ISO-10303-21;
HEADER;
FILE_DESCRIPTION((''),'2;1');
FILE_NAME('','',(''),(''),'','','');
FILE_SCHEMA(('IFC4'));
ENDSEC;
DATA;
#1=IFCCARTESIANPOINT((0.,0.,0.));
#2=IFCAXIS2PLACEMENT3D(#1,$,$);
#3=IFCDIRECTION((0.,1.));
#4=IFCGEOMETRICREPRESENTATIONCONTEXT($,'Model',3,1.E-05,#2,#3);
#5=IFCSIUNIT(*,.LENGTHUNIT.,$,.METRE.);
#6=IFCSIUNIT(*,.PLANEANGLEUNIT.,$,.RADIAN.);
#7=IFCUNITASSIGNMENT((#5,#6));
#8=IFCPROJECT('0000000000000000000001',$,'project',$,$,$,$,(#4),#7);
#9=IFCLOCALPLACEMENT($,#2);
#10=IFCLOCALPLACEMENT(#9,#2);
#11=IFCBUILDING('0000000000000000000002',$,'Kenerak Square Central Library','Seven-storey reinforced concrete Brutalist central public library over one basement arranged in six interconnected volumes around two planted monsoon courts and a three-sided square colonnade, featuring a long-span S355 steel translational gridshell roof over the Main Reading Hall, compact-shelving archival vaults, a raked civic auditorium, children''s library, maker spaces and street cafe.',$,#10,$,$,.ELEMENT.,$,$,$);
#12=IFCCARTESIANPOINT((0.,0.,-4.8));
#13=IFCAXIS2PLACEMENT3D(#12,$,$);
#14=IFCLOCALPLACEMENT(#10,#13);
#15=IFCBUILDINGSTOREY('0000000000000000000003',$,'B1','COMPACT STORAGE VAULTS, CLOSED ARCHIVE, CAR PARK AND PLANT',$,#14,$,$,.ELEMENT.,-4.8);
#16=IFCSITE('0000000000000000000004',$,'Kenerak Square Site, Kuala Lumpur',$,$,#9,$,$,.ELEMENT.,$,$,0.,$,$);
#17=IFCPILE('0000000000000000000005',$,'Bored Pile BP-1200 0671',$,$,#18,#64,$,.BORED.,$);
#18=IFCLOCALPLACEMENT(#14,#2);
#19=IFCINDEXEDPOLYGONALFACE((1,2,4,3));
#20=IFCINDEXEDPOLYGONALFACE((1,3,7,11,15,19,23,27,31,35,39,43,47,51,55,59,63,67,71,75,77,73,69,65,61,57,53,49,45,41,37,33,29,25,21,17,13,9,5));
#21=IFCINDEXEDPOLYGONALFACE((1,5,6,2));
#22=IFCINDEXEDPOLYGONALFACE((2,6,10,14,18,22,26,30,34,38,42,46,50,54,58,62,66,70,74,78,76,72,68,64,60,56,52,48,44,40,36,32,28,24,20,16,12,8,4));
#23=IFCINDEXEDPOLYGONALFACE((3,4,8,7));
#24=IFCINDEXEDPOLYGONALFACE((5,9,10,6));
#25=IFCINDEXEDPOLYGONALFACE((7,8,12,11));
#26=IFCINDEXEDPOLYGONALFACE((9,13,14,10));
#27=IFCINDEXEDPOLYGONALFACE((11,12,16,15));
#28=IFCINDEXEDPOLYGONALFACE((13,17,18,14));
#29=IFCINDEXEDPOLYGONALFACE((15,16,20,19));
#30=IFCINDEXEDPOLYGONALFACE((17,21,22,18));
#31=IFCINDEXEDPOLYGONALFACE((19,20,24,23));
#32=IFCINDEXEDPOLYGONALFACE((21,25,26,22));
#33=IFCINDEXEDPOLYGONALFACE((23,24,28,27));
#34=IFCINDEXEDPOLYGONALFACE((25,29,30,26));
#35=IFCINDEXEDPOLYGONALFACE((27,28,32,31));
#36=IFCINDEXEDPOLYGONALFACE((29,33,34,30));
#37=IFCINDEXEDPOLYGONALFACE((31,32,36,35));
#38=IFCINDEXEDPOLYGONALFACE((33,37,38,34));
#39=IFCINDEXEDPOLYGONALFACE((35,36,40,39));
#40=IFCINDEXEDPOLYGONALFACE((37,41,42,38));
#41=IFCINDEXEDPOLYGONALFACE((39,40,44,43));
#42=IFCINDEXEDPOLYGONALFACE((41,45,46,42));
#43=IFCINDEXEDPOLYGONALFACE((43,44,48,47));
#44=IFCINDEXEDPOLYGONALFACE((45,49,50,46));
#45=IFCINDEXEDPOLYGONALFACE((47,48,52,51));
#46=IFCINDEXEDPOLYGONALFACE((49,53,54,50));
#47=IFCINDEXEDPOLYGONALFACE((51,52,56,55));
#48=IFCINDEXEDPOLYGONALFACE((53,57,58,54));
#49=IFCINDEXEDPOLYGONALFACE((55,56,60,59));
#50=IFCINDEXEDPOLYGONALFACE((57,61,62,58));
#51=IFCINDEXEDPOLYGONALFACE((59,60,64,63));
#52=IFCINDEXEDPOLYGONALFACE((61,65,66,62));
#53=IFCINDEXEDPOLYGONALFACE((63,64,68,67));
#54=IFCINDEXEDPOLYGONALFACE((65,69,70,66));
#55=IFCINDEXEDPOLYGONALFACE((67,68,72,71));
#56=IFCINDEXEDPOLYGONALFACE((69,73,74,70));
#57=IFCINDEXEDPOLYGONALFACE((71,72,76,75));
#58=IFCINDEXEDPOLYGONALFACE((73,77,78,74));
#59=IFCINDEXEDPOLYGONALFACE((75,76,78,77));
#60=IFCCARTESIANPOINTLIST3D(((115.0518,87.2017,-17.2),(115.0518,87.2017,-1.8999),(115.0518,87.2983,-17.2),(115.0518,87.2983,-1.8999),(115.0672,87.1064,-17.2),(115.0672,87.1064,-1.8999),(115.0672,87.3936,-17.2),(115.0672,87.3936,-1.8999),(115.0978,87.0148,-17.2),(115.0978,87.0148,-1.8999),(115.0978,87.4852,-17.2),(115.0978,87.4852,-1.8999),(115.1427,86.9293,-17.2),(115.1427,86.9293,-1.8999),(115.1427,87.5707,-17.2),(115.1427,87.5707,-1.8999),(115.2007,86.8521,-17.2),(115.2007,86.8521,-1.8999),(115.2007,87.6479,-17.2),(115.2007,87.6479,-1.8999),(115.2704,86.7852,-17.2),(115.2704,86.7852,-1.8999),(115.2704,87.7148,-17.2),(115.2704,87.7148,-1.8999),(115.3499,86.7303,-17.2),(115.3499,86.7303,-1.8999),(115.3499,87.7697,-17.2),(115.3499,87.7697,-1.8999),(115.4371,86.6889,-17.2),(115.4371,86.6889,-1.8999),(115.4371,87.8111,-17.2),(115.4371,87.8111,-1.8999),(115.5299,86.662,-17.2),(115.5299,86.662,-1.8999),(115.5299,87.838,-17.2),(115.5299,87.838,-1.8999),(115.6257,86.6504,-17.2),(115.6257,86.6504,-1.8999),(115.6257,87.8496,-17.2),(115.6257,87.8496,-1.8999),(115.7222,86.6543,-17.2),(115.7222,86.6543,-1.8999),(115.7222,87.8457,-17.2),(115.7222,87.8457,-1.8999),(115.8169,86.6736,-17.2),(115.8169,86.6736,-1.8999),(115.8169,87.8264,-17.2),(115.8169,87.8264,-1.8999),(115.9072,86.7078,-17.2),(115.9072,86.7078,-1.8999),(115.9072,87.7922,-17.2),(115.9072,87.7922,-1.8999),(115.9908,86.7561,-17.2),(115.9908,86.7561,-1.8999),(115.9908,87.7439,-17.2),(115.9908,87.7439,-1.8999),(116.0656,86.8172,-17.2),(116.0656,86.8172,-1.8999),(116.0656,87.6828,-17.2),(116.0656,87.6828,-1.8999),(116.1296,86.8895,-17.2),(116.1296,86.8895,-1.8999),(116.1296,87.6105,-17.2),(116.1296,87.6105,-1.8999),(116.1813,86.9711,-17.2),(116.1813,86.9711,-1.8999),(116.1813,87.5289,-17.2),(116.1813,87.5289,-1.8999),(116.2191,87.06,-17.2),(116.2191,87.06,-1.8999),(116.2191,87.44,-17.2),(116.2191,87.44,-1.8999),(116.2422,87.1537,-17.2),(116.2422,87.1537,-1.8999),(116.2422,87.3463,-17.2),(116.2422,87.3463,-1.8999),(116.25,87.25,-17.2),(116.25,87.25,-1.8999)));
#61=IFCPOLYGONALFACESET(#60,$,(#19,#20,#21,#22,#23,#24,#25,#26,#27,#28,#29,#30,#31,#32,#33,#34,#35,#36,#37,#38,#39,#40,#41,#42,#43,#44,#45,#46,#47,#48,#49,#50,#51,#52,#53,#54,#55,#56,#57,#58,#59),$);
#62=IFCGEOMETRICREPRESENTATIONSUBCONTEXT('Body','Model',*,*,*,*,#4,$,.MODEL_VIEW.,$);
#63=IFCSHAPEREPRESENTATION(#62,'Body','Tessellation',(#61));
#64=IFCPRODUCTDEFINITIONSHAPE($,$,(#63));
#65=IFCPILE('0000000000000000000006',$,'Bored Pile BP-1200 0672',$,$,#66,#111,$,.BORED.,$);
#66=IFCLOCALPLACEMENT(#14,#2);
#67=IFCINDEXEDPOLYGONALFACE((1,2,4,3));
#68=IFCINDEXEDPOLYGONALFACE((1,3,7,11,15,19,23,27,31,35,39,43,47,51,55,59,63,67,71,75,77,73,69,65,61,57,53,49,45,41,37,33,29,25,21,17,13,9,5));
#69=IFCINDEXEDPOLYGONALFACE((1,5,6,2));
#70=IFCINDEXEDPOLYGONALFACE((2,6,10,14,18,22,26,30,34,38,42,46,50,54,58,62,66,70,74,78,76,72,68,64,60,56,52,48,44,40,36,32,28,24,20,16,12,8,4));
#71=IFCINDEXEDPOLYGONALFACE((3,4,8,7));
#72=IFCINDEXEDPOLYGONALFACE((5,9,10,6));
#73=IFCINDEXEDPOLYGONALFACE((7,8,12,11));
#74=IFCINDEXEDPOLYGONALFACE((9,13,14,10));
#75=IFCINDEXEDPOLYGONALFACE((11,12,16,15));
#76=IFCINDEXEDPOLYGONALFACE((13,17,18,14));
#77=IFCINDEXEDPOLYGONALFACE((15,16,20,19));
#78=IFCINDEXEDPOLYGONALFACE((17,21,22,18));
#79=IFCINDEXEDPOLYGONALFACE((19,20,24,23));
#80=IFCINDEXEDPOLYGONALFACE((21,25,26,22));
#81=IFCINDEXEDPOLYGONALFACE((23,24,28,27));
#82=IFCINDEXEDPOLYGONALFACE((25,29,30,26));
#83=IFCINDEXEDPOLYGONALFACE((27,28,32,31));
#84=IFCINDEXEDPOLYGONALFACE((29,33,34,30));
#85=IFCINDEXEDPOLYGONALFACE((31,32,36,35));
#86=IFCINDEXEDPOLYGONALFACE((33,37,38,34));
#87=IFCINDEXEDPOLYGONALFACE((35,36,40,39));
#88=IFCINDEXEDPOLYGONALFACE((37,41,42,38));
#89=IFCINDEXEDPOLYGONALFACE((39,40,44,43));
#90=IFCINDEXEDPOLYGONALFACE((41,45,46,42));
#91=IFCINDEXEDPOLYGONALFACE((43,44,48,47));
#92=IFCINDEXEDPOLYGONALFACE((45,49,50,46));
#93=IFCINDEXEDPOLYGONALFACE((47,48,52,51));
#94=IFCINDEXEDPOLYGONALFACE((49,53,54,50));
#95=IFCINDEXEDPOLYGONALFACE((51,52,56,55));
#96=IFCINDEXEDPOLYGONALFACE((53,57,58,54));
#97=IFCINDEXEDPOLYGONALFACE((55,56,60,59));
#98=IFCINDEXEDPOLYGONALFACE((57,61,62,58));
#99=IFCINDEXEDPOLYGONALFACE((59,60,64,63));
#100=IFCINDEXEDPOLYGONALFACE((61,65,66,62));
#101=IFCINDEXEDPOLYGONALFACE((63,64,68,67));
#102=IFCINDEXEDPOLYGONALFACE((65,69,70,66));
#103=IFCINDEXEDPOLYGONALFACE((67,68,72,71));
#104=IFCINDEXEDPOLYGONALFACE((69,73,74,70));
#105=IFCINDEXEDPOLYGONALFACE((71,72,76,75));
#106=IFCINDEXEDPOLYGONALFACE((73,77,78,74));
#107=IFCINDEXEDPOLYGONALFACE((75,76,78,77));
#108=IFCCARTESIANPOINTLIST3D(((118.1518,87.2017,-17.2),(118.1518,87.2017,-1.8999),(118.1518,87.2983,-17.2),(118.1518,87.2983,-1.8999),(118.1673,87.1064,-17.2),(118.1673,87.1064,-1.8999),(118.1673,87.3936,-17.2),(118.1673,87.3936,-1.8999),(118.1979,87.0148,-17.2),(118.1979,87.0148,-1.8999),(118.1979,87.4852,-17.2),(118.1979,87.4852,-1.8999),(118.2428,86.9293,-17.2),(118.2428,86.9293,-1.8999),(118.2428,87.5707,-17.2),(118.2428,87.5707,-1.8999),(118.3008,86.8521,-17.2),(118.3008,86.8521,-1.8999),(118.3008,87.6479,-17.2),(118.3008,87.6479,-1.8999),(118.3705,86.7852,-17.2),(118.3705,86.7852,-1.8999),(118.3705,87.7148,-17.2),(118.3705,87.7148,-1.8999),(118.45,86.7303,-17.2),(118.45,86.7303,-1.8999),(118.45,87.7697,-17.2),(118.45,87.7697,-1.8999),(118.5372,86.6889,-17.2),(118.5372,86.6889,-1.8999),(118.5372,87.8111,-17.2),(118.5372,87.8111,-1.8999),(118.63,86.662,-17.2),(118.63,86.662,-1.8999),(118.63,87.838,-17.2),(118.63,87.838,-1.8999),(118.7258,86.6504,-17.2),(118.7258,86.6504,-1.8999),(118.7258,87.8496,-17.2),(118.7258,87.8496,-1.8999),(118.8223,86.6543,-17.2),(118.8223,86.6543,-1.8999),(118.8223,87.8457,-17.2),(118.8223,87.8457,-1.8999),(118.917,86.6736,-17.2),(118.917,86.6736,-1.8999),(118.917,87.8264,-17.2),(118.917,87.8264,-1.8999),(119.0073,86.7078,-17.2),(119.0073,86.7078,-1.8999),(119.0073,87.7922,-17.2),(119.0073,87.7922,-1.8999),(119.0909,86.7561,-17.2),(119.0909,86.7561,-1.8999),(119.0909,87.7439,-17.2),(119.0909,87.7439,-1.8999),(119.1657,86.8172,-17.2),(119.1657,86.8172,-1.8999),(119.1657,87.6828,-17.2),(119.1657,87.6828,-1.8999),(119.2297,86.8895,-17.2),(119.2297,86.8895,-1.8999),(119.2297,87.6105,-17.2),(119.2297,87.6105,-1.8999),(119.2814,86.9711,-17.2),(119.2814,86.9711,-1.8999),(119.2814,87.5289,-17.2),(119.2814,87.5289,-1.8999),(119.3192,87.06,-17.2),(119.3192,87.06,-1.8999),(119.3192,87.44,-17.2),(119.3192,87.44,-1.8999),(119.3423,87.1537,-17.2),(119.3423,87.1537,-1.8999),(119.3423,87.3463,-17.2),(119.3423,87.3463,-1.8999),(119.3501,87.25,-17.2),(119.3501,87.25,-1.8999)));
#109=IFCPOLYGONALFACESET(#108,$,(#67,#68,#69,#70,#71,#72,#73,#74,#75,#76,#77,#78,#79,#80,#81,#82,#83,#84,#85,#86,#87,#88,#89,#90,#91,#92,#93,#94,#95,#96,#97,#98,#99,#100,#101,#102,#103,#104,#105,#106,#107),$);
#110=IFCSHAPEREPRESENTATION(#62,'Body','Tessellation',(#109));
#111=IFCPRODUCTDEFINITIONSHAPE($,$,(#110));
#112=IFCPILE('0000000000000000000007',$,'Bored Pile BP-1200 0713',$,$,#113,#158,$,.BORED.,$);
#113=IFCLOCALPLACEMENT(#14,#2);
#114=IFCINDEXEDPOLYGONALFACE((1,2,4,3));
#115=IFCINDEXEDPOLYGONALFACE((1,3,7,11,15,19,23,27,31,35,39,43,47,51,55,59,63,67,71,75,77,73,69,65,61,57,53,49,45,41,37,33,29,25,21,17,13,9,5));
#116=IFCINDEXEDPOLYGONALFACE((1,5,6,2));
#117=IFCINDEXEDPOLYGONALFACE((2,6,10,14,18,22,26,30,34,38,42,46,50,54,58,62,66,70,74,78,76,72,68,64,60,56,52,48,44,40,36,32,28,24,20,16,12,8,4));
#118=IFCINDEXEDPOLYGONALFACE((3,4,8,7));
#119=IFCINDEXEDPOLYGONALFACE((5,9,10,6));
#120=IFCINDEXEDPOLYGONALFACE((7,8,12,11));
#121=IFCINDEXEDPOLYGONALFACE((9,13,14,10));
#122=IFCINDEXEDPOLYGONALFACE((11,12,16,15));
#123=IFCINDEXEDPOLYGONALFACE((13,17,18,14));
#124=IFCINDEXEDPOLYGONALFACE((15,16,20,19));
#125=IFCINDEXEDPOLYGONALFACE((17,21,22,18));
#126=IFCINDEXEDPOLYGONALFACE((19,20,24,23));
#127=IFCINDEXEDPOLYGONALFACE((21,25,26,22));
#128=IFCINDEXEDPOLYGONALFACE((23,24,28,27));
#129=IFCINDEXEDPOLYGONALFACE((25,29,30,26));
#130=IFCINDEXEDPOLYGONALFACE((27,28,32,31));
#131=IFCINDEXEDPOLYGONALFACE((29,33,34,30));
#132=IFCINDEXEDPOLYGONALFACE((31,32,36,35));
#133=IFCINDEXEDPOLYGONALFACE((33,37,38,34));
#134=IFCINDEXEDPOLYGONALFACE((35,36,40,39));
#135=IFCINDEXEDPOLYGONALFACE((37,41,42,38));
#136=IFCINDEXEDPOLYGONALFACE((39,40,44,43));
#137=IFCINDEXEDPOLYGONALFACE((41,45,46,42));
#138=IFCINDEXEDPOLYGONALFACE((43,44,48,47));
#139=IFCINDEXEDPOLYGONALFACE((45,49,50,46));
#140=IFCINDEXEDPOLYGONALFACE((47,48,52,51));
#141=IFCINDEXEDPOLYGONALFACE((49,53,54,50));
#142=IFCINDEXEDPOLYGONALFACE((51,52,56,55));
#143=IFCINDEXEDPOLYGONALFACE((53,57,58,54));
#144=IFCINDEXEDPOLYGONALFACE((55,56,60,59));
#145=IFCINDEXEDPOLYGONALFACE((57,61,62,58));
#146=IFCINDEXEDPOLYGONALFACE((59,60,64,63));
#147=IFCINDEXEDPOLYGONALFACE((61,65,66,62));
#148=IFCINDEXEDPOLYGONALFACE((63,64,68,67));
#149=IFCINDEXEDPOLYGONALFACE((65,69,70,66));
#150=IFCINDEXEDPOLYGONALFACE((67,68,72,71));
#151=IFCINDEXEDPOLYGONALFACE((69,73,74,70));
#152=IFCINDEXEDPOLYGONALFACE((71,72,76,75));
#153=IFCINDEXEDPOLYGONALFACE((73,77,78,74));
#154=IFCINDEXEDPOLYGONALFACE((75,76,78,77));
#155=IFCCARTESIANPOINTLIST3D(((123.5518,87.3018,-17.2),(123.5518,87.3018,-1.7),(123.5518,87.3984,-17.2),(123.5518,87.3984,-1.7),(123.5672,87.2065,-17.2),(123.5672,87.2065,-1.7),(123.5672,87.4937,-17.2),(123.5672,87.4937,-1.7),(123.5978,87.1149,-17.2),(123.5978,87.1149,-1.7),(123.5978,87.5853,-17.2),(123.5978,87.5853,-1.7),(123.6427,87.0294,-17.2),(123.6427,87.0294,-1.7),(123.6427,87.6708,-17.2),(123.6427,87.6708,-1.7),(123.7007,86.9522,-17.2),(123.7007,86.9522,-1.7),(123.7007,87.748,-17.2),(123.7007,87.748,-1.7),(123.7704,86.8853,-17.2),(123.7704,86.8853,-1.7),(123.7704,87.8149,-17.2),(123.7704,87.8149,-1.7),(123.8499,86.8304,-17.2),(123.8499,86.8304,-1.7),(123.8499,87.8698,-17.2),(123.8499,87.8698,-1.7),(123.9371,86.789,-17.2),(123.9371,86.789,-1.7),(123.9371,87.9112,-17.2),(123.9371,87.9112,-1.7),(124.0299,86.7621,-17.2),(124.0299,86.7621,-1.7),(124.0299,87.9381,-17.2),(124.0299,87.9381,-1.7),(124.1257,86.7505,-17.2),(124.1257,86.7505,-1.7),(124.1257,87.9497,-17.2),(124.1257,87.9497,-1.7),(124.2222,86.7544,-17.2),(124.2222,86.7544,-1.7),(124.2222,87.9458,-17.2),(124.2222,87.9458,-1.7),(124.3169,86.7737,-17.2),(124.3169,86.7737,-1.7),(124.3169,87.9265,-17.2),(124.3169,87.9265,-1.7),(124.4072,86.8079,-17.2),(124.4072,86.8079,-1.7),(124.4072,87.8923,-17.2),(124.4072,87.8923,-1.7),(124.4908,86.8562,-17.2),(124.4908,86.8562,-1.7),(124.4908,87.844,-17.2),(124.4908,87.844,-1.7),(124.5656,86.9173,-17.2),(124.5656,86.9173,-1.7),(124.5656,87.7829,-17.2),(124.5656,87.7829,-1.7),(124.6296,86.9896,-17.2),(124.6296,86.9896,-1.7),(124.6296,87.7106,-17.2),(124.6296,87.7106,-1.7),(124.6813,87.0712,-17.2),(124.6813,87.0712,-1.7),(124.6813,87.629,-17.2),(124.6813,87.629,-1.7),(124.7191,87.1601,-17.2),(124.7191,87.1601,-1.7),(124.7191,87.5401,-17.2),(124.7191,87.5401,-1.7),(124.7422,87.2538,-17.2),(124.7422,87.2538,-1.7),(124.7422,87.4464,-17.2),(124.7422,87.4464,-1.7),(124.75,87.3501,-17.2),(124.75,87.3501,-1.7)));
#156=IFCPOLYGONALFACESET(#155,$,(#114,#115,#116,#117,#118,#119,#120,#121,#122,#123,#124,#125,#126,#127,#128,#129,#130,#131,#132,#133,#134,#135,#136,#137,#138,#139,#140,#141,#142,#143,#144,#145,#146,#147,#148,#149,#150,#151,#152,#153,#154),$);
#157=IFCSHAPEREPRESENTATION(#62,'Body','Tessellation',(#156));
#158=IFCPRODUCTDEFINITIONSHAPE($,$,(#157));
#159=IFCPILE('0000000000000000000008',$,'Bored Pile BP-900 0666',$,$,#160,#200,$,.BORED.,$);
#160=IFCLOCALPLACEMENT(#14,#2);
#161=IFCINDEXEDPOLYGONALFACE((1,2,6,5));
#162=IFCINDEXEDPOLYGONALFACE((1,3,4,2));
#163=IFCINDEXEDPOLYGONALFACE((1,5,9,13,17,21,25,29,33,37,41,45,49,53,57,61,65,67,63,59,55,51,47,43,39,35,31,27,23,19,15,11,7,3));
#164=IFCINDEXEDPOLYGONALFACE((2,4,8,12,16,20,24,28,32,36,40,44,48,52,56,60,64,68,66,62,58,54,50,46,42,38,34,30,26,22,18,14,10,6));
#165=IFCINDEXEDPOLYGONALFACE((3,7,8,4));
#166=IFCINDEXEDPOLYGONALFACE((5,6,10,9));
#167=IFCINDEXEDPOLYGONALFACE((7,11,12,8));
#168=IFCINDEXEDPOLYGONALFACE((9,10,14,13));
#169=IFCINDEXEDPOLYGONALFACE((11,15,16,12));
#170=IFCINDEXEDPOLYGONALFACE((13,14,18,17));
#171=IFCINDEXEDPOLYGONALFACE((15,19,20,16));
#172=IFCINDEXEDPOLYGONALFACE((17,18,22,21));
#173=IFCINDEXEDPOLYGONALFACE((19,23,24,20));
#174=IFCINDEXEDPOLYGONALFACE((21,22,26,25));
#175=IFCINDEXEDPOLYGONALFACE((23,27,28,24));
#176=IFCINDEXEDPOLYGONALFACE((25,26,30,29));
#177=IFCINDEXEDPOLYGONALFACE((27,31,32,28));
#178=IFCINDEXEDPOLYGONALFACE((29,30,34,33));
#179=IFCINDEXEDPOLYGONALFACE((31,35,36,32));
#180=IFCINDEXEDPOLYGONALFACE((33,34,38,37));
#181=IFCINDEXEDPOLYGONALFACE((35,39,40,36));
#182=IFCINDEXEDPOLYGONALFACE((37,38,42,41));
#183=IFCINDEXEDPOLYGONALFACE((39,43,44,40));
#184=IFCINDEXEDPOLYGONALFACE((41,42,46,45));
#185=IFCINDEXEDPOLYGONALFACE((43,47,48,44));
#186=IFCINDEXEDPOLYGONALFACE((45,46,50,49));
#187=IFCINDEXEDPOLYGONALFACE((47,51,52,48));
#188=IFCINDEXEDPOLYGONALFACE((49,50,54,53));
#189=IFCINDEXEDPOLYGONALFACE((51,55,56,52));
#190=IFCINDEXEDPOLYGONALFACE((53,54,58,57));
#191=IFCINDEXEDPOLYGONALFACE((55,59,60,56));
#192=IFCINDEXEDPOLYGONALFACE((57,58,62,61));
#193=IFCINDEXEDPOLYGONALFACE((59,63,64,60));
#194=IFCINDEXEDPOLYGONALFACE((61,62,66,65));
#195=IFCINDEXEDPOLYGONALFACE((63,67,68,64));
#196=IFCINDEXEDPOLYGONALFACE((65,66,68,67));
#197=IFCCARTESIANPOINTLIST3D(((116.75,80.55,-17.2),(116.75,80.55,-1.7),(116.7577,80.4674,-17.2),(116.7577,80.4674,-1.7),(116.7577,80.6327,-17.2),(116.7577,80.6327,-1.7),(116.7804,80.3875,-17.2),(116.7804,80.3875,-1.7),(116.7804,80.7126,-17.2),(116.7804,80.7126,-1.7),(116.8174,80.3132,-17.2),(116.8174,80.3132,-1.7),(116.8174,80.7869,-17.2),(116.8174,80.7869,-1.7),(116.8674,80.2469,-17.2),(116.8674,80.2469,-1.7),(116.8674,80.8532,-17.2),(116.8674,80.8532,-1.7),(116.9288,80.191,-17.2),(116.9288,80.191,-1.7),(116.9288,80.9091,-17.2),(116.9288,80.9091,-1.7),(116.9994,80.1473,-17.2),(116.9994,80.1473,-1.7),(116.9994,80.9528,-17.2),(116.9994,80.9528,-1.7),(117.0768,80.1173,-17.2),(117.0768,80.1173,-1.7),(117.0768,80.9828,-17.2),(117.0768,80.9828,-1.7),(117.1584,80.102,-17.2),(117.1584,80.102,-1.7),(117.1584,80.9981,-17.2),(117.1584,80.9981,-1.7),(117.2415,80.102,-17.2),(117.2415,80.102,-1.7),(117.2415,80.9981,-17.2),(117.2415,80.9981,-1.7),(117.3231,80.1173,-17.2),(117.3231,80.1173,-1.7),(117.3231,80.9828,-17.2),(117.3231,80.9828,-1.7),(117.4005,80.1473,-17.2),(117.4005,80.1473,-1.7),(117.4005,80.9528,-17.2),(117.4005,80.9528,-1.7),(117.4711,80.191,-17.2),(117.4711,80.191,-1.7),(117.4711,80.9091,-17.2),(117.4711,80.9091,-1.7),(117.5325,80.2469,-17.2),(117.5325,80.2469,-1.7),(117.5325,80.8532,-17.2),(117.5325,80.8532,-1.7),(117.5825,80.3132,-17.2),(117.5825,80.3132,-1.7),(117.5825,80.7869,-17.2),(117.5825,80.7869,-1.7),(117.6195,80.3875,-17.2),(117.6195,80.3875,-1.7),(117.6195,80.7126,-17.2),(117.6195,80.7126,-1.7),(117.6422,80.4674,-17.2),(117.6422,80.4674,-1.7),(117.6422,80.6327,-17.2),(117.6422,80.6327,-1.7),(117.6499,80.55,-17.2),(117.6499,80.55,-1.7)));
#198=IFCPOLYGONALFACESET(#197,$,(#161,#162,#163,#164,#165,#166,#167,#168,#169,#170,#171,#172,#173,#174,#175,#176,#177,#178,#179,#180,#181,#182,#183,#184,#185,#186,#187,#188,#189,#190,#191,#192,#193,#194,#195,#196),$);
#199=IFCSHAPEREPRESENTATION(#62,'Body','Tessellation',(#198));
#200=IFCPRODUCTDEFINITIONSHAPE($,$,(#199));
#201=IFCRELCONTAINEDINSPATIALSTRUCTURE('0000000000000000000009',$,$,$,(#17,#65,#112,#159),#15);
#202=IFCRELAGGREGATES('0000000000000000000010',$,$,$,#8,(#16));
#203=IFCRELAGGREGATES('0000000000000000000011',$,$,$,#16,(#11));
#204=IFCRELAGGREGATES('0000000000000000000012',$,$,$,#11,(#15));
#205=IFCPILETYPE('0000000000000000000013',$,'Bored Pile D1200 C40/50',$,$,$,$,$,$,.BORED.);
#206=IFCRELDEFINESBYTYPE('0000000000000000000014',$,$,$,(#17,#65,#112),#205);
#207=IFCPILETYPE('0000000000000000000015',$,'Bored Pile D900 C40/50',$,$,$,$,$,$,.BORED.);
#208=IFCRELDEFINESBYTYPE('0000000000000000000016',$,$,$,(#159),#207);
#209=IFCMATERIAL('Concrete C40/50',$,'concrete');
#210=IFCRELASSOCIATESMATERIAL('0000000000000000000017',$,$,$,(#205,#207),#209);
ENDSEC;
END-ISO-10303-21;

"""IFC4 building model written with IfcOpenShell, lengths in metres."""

from ifc_helpers import new_model, si_unit, direction, frame, origin, origin_2d, place, context, subcontext, project, spatial, circle, extrude, material, material_profile, profile_set, type_object, element, save


model = new_model("IFC4")

# Units and contexts
model_context = context("Model", 3, precision=1e-05, world=origin(), true_north=direction((0.0, 1.0)))
body_context = subcontext(model_context, "Body", "Model", "MODEL_VIEW")
ifc_project = project(units=[si_unit("LENGTHUNIT", "METRE"), si_unit("PLANEANGLEUNIT", "RADIAN")], contexts=[model_context])

# Site, building, storey
site_placement = place(None, origin())
site = spatial("IfcSite", under=ifc_project, at=site_placement, Name="Kenerak Square Site, Kuala Lumpur", CompositionType="ELEMENT", RefElevation=0.0)
building_placement = place(site_placement, origin())
building = spatial("IfcBuilding", under=site, at=building_placement, Name="Kenerak Square Central Library", Description="Seven-storey reinforced concrete Brutalist central public library over one basement arranged in six interconnected volumes around two planted monsoon courts and a three-sided square colonnade, featuring a long-span S355 steel translational gridshell roof over the Main Reading Hall, compact-shelving archival vaults, a raked civic auditorium, children's library, maker spaces and street cafe.", CompositionType="ELEMENT")
storey_placement = place(building_placement, frame((0.0, 0.0, -4.8)))
storey = spatial("IfcBuildingStorey", under=building, at=storey_placement, Name="B1", Description="COMPACT STORAGE VAULTS, CLOSED ARCHIVE, CAR PARK AND PLANT", CompositionType="ELEMENT", Elevation=-4.8)

# Piles
ifc_material_1 = material(Name="Concrete C40/50", Category="concrete")
ifc_material_profile_1 = material_profile(ifc_material_1, circle(Radius=0.6001, at=origin_2d()), Name="BP D1200")
ifc_profile_set_1 = profile_set([ifc_material_profile_1], Name="Concrete C40/50")
pile_type_1 = type_object("IfcPileType", Name="Bored Pile D1200 C40/50", PredefinedType="BORED", material=ifc_profile_set_1)
for number, where, z_axis, x_axis, name in (
    (1, (115.6499, 87.25, -1.8999), (0.0, 0.0, -1.0), (1.0, 0.0, 0.0), "Bored Pile BP-1200 0671"),
    (2, (118.75, 87.25, -1.8999), (0.0, 0.0, -1.0), (1.0, 0.0, 0.0), "Bored Pile BP-1200 0672"),
):
    element("IfcPile", number, at=place(storey_placement, frame(where, z_axis=z_axis, x_axis=x_axis)), inside=storey, type_object=pile_type_1, Name=name, PredefinedType="BORED", context=body_context, shape_type="SweptSolid", body=[
        extrude(circle(Radius=0.6001, at=origin_2d()), origin(), (0.0, 0.0, 1.0), 15.3),
    ])
pile_1_placement = place(storey_placement, frame((124.1499, 87.3501, -1.7), z_axis=(0.0, 0.0, -1.0), x_axis=(1.0, 0.0, 0.0)))
element("IfcPile", 3, at=pile_1_placement, inside=storey, type_object=pile_type_1, Name="Bored Pile BP-1200 0713", PredefinedType="BORED", context=body_context, shape_type="SweptSolid", body=[
    extrude(circle(Radius=0.6001, at=origin_2d()), origin(), (0.0, 0.0, 1.0), 15.5),
])
ifc_material_profile_2 = material_profile(ifc_material_1, circle(Radius=0.45, at=origin_2d()), Name="BP D900")
ifc_profile_set_2 = profile_set([ifc_material_profile_2], Name="Concrete C40/50")
pile_type_2 = type_object("IfcPileType", Name="Bored Pile D900 C40/50", PredefinedType="BORED", material=ifc_profile_set_2)
for number, where, z_axis, x_axis, name in (
    (4, (117.2, 80.55, -1.7), (0.0, 0.0, -1.0), (1.0, 0.0, 0.0), "Bored Pile BP-900 0666"),
):
    element("IfcPile", number, at=place(storey_placement, frame(where, z_axis=z_axis, x_axis=x_axis)), inside=storey, type_object=pile_type_2, Name=name, PredefinedType="BORED", context=body_context, shape_type="SweptSolid", body=[
        extrude(circle(Radius=0.45, at=origin_2d()), origin(), (0.0, 0.0, 1.0), 15.5),
    ])

save(model, "model.ifc")
